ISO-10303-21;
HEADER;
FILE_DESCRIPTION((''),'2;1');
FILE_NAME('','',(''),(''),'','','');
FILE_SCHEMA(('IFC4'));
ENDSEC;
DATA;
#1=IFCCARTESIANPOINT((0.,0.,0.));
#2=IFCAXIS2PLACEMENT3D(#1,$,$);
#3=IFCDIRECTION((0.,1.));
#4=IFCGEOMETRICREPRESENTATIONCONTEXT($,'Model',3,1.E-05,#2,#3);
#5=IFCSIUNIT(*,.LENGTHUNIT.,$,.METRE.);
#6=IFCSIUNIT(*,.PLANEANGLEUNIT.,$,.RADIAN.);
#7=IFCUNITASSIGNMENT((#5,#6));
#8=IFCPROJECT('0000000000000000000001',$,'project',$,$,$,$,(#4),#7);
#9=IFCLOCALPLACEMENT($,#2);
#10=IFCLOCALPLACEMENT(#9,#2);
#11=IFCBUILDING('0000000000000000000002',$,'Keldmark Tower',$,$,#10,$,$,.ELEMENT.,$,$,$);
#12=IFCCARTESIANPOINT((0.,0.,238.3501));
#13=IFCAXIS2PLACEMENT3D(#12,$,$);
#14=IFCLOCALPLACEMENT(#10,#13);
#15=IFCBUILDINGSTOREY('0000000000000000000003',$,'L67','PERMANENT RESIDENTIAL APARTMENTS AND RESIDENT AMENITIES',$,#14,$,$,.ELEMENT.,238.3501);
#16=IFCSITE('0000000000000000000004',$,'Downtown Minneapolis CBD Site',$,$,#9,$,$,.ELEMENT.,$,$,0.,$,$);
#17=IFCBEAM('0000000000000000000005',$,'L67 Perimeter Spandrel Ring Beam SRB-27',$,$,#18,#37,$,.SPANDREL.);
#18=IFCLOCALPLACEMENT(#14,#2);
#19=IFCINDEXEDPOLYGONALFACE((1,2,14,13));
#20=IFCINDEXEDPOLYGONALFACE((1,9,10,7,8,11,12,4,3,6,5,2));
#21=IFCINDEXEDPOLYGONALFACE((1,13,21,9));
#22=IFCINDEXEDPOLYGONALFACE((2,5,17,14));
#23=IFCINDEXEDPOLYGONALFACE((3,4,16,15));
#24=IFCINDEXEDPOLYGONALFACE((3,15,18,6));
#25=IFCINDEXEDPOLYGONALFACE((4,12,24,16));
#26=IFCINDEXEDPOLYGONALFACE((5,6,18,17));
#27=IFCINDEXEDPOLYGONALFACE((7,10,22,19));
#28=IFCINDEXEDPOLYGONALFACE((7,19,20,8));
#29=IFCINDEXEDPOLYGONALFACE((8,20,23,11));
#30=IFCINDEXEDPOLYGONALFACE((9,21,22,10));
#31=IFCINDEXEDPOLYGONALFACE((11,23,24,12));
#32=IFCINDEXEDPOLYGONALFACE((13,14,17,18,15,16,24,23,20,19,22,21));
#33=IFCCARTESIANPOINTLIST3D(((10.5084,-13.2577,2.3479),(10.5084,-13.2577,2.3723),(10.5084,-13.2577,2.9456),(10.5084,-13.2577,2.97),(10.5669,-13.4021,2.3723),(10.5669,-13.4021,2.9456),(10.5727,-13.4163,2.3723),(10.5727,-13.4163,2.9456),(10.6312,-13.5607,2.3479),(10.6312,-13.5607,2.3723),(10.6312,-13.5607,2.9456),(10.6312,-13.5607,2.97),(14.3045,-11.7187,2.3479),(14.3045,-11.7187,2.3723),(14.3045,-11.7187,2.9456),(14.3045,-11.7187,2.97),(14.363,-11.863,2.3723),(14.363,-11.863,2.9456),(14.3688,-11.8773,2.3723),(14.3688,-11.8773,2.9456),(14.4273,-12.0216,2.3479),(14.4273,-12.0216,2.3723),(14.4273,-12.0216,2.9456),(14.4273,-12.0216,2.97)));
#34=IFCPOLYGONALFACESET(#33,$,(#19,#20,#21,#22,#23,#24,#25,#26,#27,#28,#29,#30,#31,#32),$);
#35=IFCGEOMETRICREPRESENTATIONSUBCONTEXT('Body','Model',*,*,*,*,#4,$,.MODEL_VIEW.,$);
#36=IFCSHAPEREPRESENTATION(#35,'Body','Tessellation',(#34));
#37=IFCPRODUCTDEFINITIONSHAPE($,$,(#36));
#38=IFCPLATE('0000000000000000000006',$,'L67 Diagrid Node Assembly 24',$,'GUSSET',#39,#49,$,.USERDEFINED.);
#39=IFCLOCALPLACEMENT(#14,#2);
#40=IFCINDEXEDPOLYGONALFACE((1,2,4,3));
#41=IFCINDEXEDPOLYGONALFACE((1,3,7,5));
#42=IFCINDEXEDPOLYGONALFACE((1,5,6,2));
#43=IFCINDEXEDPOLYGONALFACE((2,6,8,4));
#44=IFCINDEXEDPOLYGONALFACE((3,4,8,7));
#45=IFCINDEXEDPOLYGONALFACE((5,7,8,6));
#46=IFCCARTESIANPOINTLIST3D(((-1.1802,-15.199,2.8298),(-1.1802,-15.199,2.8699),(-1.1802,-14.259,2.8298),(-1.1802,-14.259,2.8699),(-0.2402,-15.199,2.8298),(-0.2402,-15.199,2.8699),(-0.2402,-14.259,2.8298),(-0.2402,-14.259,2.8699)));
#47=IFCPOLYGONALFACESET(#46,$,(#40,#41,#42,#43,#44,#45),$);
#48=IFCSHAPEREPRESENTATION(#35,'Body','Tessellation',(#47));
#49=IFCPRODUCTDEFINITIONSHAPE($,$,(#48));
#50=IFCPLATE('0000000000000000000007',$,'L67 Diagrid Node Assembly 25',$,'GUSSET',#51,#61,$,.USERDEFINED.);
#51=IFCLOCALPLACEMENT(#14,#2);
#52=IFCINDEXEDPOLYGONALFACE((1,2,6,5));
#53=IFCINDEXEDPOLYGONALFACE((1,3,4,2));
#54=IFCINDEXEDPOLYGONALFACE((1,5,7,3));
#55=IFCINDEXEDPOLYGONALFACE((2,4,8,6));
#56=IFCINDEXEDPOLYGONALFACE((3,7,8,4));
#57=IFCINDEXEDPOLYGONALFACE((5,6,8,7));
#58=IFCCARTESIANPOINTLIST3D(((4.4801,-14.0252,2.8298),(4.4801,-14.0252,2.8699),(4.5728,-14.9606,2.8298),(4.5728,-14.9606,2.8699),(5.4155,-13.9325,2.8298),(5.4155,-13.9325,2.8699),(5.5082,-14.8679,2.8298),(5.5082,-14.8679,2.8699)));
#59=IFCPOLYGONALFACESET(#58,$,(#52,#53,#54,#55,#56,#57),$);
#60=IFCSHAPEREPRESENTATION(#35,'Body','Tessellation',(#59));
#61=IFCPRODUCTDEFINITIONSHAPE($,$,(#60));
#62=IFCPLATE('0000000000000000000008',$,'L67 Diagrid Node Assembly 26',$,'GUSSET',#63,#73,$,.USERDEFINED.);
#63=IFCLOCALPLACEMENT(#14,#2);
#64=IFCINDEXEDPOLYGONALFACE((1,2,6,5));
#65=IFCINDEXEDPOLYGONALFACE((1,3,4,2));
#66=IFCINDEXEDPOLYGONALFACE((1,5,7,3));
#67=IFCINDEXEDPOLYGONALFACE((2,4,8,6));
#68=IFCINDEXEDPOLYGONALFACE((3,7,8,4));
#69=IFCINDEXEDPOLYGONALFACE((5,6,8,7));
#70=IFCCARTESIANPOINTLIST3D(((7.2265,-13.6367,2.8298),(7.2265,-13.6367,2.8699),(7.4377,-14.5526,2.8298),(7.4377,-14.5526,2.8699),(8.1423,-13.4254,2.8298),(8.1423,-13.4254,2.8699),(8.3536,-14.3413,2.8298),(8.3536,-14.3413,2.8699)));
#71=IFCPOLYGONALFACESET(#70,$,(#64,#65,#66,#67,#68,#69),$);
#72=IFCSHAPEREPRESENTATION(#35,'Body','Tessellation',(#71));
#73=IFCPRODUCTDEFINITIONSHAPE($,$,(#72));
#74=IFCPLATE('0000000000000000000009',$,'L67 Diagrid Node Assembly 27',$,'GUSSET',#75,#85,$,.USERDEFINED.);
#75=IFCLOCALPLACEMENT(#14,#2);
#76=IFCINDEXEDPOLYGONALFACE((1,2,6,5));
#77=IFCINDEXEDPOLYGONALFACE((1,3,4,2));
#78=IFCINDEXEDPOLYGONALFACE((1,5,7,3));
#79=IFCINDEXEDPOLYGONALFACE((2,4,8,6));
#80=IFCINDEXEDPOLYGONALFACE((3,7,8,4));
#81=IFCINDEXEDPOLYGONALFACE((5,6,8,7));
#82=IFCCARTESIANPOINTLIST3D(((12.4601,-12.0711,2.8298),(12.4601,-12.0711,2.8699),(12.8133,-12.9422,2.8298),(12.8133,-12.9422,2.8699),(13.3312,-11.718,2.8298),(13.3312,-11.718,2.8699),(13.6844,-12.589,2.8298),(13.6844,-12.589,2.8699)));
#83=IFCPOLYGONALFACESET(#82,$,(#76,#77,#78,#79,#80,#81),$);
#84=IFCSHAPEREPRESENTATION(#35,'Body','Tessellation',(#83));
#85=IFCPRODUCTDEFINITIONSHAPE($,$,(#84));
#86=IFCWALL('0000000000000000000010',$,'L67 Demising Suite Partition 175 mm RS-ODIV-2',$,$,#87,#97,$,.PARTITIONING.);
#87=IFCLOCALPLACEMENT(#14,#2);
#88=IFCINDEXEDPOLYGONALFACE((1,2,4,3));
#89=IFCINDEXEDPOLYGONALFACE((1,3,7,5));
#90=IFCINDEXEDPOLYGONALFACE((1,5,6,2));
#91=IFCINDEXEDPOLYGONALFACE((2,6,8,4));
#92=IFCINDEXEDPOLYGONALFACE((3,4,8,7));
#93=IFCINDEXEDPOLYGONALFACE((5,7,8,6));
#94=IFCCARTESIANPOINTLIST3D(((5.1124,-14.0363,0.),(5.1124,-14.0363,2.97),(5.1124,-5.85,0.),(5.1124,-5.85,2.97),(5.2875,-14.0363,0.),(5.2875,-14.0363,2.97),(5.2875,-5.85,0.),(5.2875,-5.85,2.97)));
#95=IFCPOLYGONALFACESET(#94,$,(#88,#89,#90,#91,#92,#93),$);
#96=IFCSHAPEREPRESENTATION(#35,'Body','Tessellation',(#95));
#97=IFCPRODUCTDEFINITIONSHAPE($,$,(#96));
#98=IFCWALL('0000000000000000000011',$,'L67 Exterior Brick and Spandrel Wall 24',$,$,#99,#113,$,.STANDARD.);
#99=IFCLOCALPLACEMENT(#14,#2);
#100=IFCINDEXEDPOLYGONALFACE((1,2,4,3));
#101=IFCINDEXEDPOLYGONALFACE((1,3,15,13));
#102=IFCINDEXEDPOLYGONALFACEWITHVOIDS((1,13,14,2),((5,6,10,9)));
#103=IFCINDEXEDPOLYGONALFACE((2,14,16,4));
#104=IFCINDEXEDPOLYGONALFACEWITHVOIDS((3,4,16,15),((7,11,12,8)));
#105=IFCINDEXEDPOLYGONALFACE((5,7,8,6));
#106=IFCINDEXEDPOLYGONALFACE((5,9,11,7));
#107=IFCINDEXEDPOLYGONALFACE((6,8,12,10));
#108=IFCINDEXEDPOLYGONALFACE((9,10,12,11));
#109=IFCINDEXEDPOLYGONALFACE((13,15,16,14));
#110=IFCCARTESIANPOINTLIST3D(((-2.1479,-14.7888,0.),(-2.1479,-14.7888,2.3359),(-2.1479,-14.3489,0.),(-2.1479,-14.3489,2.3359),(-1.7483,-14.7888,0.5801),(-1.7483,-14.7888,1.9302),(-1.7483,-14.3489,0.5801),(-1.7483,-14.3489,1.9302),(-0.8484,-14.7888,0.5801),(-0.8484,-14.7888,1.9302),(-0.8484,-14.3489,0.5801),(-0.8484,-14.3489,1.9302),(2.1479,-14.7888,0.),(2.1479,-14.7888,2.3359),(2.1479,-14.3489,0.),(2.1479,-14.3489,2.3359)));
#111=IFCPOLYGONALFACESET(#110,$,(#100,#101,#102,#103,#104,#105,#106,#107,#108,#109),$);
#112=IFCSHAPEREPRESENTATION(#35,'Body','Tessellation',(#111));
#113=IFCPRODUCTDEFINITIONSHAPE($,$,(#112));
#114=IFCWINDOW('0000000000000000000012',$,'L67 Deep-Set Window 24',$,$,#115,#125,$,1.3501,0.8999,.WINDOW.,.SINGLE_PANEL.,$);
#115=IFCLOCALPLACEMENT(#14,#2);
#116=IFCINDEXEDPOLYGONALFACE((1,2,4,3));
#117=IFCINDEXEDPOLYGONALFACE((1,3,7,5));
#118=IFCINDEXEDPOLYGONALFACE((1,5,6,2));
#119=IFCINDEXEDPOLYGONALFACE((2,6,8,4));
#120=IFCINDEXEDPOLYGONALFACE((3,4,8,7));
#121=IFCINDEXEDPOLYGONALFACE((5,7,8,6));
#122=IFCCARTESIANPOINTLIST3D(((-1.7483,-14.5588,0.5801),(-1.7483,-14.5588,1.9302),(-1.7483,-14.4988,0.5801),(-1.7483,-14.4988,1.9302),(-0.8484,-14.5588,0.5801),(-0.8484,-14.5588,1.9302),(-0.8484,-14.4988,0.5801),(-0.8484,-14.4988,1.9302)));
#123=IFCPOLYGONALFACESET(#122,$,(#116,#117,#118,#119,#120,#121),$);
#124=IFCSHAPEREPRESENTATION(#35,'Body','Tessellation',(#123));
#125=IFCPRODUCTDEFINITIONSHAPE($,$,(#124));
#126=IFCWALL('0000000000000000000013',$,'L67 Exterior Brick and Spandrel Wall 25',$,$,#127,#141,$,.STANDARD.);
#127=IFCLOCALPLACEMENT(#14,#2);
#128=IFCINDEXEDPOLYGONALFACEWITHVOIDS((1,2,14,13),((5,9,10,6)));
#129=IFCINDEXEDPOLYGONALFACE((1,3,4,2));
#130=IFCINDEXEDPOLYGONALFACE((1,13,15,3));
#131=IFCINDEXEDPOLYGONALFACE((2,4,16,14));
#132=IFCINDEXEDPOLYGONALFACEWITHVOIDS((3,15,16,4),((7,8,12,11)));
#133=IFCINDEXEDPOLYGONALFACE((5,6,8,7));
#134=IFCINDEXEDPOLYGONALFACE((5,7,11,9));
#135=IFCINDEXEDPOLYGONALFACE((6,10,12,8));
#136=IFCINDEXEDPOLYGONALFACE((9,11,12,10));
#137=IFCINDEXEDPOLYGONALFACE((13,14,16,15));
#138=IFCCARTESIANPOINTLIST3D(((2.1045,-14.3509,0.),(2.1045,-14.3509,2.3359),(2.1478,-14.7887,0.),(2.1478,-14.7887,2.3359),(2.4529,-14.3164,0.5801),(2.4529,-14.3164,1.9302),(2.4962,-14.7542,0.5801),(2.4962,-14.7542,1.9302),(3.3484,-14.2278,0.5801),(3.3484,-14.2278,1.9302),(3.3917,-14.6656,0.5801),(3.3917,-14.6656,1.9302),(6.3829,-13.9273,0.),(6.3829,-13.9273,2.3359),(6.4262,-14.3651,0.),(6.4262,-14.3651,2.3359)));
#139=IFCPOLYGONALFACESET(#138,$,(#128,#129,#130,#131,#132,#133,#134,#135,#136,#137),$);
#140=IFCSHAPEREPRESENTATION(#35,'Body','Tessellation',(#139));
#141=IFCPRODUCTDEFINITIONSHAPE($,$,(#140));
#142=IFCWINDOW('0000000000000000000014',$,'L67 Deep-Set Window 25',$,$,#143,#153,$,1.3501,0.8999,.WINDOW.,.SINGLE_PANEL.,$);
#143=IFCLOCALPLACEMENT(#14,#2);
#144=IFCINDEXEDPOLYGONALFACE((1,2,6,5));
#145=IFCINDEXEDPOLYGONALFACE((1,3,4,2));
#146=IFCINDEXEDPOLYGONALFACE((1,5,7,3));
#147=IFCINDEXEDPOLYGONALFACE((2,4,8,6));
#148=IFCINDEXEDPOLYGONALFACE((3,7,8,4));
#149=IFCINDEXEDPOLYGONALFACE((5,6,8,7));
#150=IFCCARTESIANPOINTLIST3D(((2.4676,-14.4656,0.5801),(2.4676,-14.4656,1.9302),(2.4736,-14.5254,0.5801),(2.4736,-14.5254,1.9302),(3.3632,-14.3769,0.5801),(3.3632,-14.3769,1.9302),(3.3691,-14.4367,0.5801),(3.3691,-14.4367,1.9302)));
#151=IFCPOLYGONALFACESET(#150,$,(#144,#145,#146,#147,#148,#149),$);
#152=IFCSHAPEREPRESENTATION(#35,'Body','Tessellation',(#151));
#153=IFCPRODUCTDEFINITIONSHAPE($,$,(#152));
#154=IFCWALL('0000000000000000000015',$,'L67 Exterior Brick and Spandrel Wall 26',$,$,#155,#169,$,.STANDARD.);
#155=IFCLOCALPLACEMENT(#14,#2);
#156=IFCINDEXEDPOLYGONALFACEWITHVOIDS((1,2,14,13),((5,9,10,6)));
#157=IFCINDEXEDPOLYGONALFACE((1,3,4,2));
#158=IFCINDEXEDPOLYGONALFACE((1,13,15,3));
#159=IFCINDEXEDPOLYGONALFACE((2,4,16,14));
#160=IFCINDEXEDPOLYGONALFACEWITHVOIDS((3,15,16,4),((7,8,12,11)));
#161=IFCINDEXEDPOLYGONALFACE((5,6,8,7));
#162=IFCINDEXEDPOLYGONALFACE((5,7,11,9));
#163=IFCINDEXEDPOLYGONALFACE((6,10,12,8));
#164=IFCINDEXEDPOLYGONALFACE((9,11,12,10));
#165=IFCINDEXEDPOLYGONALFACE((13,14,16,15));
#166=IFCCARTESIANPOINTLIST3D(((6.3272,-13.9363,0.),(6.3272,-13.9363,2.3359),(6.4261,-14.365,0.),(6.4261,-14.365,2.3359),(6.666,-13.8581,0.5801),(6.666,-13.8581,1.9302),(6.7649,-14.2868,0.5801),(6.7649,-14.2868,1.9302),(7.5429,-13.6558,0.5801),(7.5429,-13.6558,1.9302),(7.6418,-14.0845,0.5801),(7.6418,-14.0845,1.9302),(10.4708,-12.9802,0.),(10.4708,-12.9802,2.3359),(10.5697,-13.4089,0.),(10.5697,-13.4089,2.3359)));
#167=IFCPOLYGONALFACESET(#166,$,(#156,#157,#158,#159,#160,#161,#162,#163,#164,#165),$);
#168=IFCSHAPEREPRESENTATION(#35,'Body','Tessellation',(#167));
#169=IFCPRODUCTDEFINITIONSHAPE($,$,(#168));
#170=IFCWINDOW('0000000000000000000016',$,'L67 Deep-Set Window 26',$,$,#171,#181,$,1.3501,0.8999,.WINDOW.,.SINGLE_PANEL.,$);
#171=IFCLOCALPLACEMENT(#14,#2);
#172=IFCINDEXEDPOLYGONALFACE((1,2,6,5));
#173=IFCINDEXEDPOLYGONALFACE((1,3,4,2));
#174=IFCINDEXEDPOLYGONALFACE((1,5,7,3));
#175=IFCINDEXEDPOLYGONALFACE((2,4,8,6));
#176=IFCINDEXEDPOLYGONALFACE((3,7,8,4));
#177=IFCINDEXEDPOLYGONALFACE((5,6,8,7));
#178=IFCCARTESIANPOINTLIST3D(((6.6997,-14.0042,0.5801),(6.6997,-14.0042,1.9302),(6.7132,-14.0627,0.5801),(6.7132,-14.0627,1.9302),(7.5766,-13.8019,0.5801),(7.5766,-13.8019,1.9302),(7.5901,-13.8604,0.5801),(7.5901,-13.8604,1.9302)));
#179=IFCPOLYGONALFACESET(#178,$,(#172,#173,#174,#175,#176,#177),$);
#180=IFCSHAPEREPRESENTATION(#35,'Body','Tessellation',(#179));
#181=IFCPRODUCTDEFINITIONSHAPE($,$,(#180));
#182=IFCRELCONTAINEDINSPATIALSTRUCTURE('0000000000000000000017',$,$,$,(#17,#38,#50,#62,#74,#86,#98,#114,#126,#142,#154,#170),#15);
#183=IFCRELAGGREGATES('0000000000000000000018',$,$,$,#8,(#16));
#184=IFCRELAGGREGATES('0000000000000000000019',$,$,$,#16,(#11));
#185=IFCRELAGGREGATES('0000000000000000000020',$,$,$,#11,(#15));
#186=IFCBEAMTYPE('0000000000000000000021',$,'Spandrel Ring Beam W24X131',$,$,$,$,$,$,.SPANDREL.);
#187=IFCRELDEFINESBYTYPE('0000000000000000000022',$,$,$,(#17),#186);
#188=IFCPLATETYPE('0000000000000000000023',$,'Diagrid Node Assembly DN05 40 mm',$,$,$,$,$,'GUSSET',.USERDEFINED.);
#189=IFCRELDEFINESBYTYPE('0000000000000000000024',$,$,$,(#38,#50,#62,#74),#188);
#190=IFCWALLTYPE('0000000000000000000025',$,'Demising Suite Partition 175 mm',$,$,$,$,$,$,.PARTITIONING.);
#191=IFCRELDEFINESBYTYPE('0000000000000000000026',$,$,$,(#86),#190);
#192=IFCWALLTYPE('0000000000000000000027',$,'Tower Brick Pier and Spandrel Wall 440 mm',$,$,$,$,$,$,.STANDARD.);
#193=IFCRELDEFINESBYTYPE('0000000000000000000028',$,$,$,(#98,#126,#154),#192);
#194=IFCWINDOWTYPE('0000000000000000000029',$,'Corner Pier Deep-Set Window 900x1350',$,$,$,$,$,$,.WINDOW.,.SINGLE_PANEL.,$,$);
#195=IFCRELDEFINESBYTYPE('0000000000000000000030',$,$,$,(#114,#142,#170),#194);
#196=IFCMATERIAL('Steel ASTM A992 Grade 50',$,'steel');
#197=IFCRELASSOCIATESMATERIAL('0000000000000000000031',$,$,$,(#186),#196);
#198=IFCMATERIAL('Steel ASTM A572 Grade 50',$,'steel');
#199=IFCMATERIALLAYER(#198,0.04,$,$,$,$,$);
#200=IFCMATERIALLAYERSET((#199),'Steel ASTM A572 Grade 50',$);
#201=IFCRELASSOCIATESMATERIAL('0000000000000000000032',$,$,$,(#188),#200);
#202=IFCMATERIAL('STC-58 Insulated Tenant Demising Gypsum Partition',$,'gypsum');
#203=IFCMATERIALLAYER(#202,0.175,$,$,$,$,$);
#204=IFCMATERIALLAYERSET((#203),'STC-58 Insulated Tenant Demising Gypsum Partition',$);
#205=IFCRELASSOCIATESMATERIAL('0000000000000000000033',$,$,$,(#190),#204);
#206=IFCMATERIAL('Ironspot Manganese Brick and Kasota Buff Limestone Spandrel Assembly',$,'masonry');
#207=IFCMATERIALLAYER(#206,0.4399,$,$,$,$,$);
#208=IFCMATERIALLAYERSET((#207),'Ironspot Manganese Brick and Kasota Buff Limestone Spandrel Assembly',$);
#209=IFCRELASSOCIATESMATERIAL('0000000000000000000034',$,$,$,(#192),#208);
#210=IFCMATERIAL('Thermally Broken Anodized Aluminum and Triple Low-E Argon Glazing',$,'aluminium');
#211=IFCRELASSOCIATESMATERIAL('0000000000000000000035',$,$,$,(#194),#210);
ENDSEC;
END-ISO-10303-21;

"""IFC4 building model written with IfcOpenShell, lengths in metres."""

from ifc_helpers import new_model, si_unit, direction, frame, frame_2d, origin, origin_2d, place, context, subcontext, project, spatial, rectangle, i_section, extrude, material, layer, layer_set, material_profile, profile_set, type_object, element, fill, save


model = new_model("IFC4")

# Units and contexts
model_context = context("Model", 3, precision=1e-05, world=origin(), true_north=direction((0.0, 1.0)))
body_context = subcontext(model_context, "Body", "Model", "MODEL_VIEW")
ifc_project = project(units=[si_unit("LENGTHUNIT", "METRE"), si_unit("PLANEANGLEUNIT", "RADIAN")], contexts=[model_context])

# Site, building, storey
site_placement = place(None, origin())
site = spatial("IfcSite", under=ifc_project, at=site_placement, Name="Downtown Minneapolis CBD Site", CompositionType="ELEMENT", RefElevation=0.0)
building_placement = place(site_placement, origin())
building = spatial("IfcBuilding", under=site, at=building_placement, Name="Keldmark Tower", CompositionType="ELEMENT")
storey_placement = place(building_placement, frame((0.0, 0.0, 238.3501)))
storey = spatial("IfcBuildingStorey", under=building, at=storey_placement, Name="L67", Description="PERMANENT RESIDENTIAL APARTMENTS AND RESIDENT AMENITIES", CompositionType="ELEMENT", Elevation=238.3501)

# Beam
ifc_material_1 = material(Name="Steel ASTM A992 Grade 50", Category="steel")
ifc_material_profile_1 = material_profile(ifc_material_1, i_section(OverallWidth=0.3269, OverallDepth=0.6221, WebThickness=0.0154, FlangeThickness=0.0244, at=origin_2d()), Name="W24X131")
ifc_profile_set_1 = profile_set([ifc_material_profile_1], Name="Steel ASTM A992 Grade 50")
beam_type_1 = type_object("IfcBeamType", Name="Spandrel Ring Beam W24X131", PredefinedType="SPANDREL", material=ifc_profile_set_1)
beam_1_placement = place(storey_placement, frame((10.5698, -13.4092, 2.6589), z_axis=(0.926732, 0.375723, 0.0), x_axis=(-0.375723, 0.926732, 0.0)))
element("IfcBeam", 1, at=beam_1_placement, inside=storey, type_object=beam_type_1, Name="L67 Perimeter Spandrel Ring Beam SRB-27", PredefinedType="SPANDREL", context=body_context, shape_type="SweptSolid", body=[
    extrude(i_section(OverallWidth=0.3269, OverallDepth=0.6221, WebThickness=0.0154, FlangeThickness=0.0244, at=origin_2d()), origin(), (0.0, 0.0, 1.0), 4.0962),
])

# Plates
ifc_material_2 = material(Name="Steel ASTM A572 Grade 50", Category="steel")
ifc_layer_1 = layer(ifc_material_2, 0.04)
ifc_layer_set_1 = layer_set([ifc_layer_1], Name="Steel ASTM A572 Grade 50")
plate_type = type_object("IfcPlateType", Name="Diagrid Node Assembly DN05 40 mm", ElementType="GUSSET", PredefinedType="USERDEFINED", material=ifc_layer_set_1)
for number, where, z_axis, x_axis, name in (
    (2, (-0.7102, -14.729, 2.8298), (0.0, 0.0, 1.0), (1.0, 0.0, 0.0), "L67 Diagrid Node Assembly 24"),
    (3, (4.9941, -14.4465, 2.8298), (0.0, 0.0, 1.0), (0.995125, 0.098625, 0.0), "L67 Diagrid Node Assembly 25"),
    (4, (7.79, -13.989, 2.8298), (0.0, 0.0, 1.0), (0.974409, 0.224781, 0.0), "L67 Diagrid Node Assembly 26"),
    (5, (13.0723, -12.3301, 2.8298), (0.0, 0.0, 1.0), (0.926725, 0.375739, 0.0), "L67 Diagrid Node Assembly 27"),
):
    element("IfcPlate", number, at=place(storey_placement, frame(where, z_axis=z_axis, x_axis=x_axis)), inside=storey, type_object=plate_type, Name=name, ObjectType="GUSSET", PredefinedType="USERDEFINED", context=body_context, shape_type="SweptSolid", body=[
        extrude(rectangle(XDim=0.9399, YDim=0.9399, at=origin_2d()), origin(), (0.0, 0.0, 1.0), 0.04),
    ])

# Wall
ifc_material_3 = material(Name="STC-58 Insulated Tenant Demising Gypsum Partition", Category="gypsum")
ifc_layer_2 = layer(ifc_material_3, 0.175)
ifc_layer_set_2 = layer_set([ifc_layer_2], Name="STC-58 Insulated Tenant Demising Gypsum Partition")
wall_type_1 = type_object("IfcWallType", Name="Demising Suite Partition 175 mm", PredefinedType="PARTITIONING", material=ifc_layer_set_2)
wall_1_placement = place(storey_placement, frame((5.2, -14.0364, 0.0), z_axis=(0.0, 0.0, 1.0), x_axis=(0.0, 1.0, 0.0)))
element("IfcWall", 6, at=wall_1_placement, inside=storey, type_object=wall_type_1, Name="L67 Demising Suite Partition 175 mm RS-ODIV-2", PredefinedType="PARTITIONING", context=body_context, shape_type="SweptSolid", body=[
    extrude(rectangle(XDim=8.1863, YDim=0.175, at=frame_2d((4.0933, 0.0))), origin(), (0.0, 0.0, 1.0), 2.97),
])

# Walls, openings, windows
ifc_material_4 = material(Name="Ironspot Manganese Brick and Kasota Buff Limestone Spandrel Assembly", Category="masonry")
ifc_layer_3 = layer(ifc_material_4, 0.4399)
ifc_layer_set_3 = layer_set([ifc_layer_3], Name="Ironspot Manganese Brick and Kasota Buff Limestone Spandrel Assembly")
wall_type_2 = type_object("IfcWallType", Name="Tower Brick Pier and Spandrel Wall 440 mm", PredefinedType="STANDARD", material=ifc_layer_set_3)
wall_2_placement = place(storey_placement, frame((2.1479, -14.5688, 0.0), z_axis=(0.0, 0.0, 1.0), x_axis=(-1.0, 0.0, 0.0)))
wall_2 = element("IfcWall", 7, at=wall_2_placement, inside=storey, type_object=wall_type_2, Name="L67 Exterior Brick and Spandrel Wall 24", PredefinedType="STANDARD", context=body_context, shape_type="SweptSolid", body=[
    extrude(rectangle(XDim=4.2959, YDim=0.4399, at=frame_2d((2.1479, 0.0))), origin(), (0.0, 0.0, 1.0), 2.3359),
])
opening_1_placement = place(wall_2_placement, frame((2.9963, 0.0, 0.5801)))
opening_1 = element("IfcOpeningElement", 8, at=opening_1_placement, cuts=wall_2, PredefinedType="OPENING", context=body_context, shape_type="SweptSolid", body=[
    extrude(rectangle(XDim=0.8999, YDim=1.3501, at=frame_2d((0.45, 0.675))), frame((0.0, 0.23, 0.0), z_axis=(0.0, -1.0, 0.0), x_axis=(1.0, 0.0, 0.0)), (0.0, 0.0, 1.0), 0.46),
])
ifc_material_5 = material(Name="Thermally Broken Anodized Aluminum and Triple Low-E Argon Glazing", Category="aluminium")
window_type = type_object("IfcWindowType", Name="Corner Pier Deep-Set Window 900x1350", PartitioningType="SINGLE_PANEL", PredefinedType="WINDOW", material=ifc_material_5)
window_1_placement = place(opening_1_placement, origin())
window_1 = element("IfcWindow", 9, at=window_1_placement, inside=storey, type_object=window_type, Name="L67 Deep-Set Window 24", OverallHeight=1.3501, OverallWidth=0.8999, PartitioningType="SINGLE_PANEL", PredefinedType="WINDOW", context=body_context, shape_type="SweptSolid", body=[
    extrude(rectangle(XDim=0.8999, YDim=1.3501, at=frame_2d((0.45, 0.675))), frame((0.0, -0.01, 0.0), z_axis=(0.0, -1.0, 0.0), x_axis=(1.0, 0.0, 0.0)), (0.0, 0.0, 1.0), 0.0601),
])
fill(opening_1, window_1)
wall_3_placement = place(storey_placement, frame((6.4045, -14.1462, 0.0), z_axis=(0.0, 0.0, 1.0), x_axis=(-0.995135, -0.098525, 0.0)))
wall_3 = element("IfcWall", 10, at=wall_3_placement, inside=storey, type_object=wall_type_2, Name="L67 Exterior Brick and Spandrel Wall 25", PredefinedType="STANDARD", context=body_context, shape_type="SweptSolid", body=[
    extrude(rectangle(XDim=4.2993, YDim=0.4399, at=frame_2d((2.1497, 0.0))), origin(), (0.0, 0.0, 1.0), 2.3359),
])
opening_2_placement = place(wall_3_placement, frame((3.0493, 0.0, 0.5801)))
opening_2 = element("IfcOpeningElement", 11, at=opening_2_placement, cuts=wall_3, PredefinedType="OPENING", context=body_context, shape_type="SweptSolid", body=[
    extrude(rectangle(XDim=0.8999, YDim=1.3501, at=frame_2d((0.45, 0.675))), frame((0.0, 0.23, 0.0), z_axis=(0.0, -1.0, 0.0), x_axis=(1.0, 0.0, 0.0)), (0.0, 0.0, 1.0), 0.46),
])
window_2_placement = place(opening_2_placement, origin())
window_2 = element("IfcWindow", 12, at=window_2_placement, inside=storey, type_object=window_type, Name="L67 Deep-Set Window 25", OverallHeight=1.3501, OverallWidth=0.8999, PartitioningType="SINGLE_PANEL", PredefinedType="WINDOW", context=body_context, shape_type="SweptSolid", body=[
    extrude(rectangle(XDim=0.8999, YDim=1.3501, at=frame_2d((0.45, 0.675))), frame((0.0, -0.01, 0.0), z_axis=(0.0, -1.0, 0.0), x_axis=(1.0, 0.0, 0.0)), (0.0, 0.0, 1.0), 0.0601),
])
fill(opening_2, window_2)
wall_4_placement = place(storey_placement, frame((10.5203, -13.1946, 0.0), z_axis=(0.0, 0.0, 1.0), x_axis=(-0.974399, -0.224826, 0.0)))
wall_4 = element("IfcWall", 13, at=wall_4_placement, inside=storey, type_object=wall_type_2, Name="L67 Exterior Brick and Spandrel Wall 26", PredefinedType="STANDARD", context=body_context, shape_type="SweptSolid", body=[
    extrude(rectangle(XDim=4.2524, YDim=0.4399, at=frame_2d((2.1262, 0.0))), origin(), (0.0, 0.0, 1.0), 2.3359),
])
opening_3_placement = place(wall_4_placement, frame((3.0049, 0.0, 0.5801)))
opening_3 = element("IfcOpeningElement", 14, at=opening_3_placement, cuts=wall_4, PredefinedType="OPENING", context=body_context, shape_type="SweptSolid", body=[
    extrude(rectangle(XDim=0.8999, YDim=1.3501, at=frame_2d((0.45, 0.675))), frame((0.0, 0.23, 0.0), z_axis=(0.0, -1.0, 0.0), x_axis=(1.0, 0.0, 0.0)), (0.0, 0.0, 1.0), 0.46),
])
window_3_placement = place(opening_3_placement, origin())
window_3 = element("IfcWindow", 15, at=window_3_placement, inside=storey, type_object=window_type, Name="L67 Deep-Set Window 26", OverallHeight=1.3501, OverallWidth=0.8999, PartitioningType="SINGLE_PANEL", PredefinedType="WINDOW", context=body_context, shape_type="SweptSolid", body=[
    extrude(rectangle(XDim=0.8999, YDim=1.3501, at=frame_2d((0.45, 0.675))), frame((0.0, -0.01, 0.0), z_axis=(0.0, -1.0, 0.0), x_axis=(1.0, 0.0, 0.0)), (0.0, 0.0, 1.0), 0.0601),
])
fill(opening_3, window_3)

save(model, "model.ifc")
